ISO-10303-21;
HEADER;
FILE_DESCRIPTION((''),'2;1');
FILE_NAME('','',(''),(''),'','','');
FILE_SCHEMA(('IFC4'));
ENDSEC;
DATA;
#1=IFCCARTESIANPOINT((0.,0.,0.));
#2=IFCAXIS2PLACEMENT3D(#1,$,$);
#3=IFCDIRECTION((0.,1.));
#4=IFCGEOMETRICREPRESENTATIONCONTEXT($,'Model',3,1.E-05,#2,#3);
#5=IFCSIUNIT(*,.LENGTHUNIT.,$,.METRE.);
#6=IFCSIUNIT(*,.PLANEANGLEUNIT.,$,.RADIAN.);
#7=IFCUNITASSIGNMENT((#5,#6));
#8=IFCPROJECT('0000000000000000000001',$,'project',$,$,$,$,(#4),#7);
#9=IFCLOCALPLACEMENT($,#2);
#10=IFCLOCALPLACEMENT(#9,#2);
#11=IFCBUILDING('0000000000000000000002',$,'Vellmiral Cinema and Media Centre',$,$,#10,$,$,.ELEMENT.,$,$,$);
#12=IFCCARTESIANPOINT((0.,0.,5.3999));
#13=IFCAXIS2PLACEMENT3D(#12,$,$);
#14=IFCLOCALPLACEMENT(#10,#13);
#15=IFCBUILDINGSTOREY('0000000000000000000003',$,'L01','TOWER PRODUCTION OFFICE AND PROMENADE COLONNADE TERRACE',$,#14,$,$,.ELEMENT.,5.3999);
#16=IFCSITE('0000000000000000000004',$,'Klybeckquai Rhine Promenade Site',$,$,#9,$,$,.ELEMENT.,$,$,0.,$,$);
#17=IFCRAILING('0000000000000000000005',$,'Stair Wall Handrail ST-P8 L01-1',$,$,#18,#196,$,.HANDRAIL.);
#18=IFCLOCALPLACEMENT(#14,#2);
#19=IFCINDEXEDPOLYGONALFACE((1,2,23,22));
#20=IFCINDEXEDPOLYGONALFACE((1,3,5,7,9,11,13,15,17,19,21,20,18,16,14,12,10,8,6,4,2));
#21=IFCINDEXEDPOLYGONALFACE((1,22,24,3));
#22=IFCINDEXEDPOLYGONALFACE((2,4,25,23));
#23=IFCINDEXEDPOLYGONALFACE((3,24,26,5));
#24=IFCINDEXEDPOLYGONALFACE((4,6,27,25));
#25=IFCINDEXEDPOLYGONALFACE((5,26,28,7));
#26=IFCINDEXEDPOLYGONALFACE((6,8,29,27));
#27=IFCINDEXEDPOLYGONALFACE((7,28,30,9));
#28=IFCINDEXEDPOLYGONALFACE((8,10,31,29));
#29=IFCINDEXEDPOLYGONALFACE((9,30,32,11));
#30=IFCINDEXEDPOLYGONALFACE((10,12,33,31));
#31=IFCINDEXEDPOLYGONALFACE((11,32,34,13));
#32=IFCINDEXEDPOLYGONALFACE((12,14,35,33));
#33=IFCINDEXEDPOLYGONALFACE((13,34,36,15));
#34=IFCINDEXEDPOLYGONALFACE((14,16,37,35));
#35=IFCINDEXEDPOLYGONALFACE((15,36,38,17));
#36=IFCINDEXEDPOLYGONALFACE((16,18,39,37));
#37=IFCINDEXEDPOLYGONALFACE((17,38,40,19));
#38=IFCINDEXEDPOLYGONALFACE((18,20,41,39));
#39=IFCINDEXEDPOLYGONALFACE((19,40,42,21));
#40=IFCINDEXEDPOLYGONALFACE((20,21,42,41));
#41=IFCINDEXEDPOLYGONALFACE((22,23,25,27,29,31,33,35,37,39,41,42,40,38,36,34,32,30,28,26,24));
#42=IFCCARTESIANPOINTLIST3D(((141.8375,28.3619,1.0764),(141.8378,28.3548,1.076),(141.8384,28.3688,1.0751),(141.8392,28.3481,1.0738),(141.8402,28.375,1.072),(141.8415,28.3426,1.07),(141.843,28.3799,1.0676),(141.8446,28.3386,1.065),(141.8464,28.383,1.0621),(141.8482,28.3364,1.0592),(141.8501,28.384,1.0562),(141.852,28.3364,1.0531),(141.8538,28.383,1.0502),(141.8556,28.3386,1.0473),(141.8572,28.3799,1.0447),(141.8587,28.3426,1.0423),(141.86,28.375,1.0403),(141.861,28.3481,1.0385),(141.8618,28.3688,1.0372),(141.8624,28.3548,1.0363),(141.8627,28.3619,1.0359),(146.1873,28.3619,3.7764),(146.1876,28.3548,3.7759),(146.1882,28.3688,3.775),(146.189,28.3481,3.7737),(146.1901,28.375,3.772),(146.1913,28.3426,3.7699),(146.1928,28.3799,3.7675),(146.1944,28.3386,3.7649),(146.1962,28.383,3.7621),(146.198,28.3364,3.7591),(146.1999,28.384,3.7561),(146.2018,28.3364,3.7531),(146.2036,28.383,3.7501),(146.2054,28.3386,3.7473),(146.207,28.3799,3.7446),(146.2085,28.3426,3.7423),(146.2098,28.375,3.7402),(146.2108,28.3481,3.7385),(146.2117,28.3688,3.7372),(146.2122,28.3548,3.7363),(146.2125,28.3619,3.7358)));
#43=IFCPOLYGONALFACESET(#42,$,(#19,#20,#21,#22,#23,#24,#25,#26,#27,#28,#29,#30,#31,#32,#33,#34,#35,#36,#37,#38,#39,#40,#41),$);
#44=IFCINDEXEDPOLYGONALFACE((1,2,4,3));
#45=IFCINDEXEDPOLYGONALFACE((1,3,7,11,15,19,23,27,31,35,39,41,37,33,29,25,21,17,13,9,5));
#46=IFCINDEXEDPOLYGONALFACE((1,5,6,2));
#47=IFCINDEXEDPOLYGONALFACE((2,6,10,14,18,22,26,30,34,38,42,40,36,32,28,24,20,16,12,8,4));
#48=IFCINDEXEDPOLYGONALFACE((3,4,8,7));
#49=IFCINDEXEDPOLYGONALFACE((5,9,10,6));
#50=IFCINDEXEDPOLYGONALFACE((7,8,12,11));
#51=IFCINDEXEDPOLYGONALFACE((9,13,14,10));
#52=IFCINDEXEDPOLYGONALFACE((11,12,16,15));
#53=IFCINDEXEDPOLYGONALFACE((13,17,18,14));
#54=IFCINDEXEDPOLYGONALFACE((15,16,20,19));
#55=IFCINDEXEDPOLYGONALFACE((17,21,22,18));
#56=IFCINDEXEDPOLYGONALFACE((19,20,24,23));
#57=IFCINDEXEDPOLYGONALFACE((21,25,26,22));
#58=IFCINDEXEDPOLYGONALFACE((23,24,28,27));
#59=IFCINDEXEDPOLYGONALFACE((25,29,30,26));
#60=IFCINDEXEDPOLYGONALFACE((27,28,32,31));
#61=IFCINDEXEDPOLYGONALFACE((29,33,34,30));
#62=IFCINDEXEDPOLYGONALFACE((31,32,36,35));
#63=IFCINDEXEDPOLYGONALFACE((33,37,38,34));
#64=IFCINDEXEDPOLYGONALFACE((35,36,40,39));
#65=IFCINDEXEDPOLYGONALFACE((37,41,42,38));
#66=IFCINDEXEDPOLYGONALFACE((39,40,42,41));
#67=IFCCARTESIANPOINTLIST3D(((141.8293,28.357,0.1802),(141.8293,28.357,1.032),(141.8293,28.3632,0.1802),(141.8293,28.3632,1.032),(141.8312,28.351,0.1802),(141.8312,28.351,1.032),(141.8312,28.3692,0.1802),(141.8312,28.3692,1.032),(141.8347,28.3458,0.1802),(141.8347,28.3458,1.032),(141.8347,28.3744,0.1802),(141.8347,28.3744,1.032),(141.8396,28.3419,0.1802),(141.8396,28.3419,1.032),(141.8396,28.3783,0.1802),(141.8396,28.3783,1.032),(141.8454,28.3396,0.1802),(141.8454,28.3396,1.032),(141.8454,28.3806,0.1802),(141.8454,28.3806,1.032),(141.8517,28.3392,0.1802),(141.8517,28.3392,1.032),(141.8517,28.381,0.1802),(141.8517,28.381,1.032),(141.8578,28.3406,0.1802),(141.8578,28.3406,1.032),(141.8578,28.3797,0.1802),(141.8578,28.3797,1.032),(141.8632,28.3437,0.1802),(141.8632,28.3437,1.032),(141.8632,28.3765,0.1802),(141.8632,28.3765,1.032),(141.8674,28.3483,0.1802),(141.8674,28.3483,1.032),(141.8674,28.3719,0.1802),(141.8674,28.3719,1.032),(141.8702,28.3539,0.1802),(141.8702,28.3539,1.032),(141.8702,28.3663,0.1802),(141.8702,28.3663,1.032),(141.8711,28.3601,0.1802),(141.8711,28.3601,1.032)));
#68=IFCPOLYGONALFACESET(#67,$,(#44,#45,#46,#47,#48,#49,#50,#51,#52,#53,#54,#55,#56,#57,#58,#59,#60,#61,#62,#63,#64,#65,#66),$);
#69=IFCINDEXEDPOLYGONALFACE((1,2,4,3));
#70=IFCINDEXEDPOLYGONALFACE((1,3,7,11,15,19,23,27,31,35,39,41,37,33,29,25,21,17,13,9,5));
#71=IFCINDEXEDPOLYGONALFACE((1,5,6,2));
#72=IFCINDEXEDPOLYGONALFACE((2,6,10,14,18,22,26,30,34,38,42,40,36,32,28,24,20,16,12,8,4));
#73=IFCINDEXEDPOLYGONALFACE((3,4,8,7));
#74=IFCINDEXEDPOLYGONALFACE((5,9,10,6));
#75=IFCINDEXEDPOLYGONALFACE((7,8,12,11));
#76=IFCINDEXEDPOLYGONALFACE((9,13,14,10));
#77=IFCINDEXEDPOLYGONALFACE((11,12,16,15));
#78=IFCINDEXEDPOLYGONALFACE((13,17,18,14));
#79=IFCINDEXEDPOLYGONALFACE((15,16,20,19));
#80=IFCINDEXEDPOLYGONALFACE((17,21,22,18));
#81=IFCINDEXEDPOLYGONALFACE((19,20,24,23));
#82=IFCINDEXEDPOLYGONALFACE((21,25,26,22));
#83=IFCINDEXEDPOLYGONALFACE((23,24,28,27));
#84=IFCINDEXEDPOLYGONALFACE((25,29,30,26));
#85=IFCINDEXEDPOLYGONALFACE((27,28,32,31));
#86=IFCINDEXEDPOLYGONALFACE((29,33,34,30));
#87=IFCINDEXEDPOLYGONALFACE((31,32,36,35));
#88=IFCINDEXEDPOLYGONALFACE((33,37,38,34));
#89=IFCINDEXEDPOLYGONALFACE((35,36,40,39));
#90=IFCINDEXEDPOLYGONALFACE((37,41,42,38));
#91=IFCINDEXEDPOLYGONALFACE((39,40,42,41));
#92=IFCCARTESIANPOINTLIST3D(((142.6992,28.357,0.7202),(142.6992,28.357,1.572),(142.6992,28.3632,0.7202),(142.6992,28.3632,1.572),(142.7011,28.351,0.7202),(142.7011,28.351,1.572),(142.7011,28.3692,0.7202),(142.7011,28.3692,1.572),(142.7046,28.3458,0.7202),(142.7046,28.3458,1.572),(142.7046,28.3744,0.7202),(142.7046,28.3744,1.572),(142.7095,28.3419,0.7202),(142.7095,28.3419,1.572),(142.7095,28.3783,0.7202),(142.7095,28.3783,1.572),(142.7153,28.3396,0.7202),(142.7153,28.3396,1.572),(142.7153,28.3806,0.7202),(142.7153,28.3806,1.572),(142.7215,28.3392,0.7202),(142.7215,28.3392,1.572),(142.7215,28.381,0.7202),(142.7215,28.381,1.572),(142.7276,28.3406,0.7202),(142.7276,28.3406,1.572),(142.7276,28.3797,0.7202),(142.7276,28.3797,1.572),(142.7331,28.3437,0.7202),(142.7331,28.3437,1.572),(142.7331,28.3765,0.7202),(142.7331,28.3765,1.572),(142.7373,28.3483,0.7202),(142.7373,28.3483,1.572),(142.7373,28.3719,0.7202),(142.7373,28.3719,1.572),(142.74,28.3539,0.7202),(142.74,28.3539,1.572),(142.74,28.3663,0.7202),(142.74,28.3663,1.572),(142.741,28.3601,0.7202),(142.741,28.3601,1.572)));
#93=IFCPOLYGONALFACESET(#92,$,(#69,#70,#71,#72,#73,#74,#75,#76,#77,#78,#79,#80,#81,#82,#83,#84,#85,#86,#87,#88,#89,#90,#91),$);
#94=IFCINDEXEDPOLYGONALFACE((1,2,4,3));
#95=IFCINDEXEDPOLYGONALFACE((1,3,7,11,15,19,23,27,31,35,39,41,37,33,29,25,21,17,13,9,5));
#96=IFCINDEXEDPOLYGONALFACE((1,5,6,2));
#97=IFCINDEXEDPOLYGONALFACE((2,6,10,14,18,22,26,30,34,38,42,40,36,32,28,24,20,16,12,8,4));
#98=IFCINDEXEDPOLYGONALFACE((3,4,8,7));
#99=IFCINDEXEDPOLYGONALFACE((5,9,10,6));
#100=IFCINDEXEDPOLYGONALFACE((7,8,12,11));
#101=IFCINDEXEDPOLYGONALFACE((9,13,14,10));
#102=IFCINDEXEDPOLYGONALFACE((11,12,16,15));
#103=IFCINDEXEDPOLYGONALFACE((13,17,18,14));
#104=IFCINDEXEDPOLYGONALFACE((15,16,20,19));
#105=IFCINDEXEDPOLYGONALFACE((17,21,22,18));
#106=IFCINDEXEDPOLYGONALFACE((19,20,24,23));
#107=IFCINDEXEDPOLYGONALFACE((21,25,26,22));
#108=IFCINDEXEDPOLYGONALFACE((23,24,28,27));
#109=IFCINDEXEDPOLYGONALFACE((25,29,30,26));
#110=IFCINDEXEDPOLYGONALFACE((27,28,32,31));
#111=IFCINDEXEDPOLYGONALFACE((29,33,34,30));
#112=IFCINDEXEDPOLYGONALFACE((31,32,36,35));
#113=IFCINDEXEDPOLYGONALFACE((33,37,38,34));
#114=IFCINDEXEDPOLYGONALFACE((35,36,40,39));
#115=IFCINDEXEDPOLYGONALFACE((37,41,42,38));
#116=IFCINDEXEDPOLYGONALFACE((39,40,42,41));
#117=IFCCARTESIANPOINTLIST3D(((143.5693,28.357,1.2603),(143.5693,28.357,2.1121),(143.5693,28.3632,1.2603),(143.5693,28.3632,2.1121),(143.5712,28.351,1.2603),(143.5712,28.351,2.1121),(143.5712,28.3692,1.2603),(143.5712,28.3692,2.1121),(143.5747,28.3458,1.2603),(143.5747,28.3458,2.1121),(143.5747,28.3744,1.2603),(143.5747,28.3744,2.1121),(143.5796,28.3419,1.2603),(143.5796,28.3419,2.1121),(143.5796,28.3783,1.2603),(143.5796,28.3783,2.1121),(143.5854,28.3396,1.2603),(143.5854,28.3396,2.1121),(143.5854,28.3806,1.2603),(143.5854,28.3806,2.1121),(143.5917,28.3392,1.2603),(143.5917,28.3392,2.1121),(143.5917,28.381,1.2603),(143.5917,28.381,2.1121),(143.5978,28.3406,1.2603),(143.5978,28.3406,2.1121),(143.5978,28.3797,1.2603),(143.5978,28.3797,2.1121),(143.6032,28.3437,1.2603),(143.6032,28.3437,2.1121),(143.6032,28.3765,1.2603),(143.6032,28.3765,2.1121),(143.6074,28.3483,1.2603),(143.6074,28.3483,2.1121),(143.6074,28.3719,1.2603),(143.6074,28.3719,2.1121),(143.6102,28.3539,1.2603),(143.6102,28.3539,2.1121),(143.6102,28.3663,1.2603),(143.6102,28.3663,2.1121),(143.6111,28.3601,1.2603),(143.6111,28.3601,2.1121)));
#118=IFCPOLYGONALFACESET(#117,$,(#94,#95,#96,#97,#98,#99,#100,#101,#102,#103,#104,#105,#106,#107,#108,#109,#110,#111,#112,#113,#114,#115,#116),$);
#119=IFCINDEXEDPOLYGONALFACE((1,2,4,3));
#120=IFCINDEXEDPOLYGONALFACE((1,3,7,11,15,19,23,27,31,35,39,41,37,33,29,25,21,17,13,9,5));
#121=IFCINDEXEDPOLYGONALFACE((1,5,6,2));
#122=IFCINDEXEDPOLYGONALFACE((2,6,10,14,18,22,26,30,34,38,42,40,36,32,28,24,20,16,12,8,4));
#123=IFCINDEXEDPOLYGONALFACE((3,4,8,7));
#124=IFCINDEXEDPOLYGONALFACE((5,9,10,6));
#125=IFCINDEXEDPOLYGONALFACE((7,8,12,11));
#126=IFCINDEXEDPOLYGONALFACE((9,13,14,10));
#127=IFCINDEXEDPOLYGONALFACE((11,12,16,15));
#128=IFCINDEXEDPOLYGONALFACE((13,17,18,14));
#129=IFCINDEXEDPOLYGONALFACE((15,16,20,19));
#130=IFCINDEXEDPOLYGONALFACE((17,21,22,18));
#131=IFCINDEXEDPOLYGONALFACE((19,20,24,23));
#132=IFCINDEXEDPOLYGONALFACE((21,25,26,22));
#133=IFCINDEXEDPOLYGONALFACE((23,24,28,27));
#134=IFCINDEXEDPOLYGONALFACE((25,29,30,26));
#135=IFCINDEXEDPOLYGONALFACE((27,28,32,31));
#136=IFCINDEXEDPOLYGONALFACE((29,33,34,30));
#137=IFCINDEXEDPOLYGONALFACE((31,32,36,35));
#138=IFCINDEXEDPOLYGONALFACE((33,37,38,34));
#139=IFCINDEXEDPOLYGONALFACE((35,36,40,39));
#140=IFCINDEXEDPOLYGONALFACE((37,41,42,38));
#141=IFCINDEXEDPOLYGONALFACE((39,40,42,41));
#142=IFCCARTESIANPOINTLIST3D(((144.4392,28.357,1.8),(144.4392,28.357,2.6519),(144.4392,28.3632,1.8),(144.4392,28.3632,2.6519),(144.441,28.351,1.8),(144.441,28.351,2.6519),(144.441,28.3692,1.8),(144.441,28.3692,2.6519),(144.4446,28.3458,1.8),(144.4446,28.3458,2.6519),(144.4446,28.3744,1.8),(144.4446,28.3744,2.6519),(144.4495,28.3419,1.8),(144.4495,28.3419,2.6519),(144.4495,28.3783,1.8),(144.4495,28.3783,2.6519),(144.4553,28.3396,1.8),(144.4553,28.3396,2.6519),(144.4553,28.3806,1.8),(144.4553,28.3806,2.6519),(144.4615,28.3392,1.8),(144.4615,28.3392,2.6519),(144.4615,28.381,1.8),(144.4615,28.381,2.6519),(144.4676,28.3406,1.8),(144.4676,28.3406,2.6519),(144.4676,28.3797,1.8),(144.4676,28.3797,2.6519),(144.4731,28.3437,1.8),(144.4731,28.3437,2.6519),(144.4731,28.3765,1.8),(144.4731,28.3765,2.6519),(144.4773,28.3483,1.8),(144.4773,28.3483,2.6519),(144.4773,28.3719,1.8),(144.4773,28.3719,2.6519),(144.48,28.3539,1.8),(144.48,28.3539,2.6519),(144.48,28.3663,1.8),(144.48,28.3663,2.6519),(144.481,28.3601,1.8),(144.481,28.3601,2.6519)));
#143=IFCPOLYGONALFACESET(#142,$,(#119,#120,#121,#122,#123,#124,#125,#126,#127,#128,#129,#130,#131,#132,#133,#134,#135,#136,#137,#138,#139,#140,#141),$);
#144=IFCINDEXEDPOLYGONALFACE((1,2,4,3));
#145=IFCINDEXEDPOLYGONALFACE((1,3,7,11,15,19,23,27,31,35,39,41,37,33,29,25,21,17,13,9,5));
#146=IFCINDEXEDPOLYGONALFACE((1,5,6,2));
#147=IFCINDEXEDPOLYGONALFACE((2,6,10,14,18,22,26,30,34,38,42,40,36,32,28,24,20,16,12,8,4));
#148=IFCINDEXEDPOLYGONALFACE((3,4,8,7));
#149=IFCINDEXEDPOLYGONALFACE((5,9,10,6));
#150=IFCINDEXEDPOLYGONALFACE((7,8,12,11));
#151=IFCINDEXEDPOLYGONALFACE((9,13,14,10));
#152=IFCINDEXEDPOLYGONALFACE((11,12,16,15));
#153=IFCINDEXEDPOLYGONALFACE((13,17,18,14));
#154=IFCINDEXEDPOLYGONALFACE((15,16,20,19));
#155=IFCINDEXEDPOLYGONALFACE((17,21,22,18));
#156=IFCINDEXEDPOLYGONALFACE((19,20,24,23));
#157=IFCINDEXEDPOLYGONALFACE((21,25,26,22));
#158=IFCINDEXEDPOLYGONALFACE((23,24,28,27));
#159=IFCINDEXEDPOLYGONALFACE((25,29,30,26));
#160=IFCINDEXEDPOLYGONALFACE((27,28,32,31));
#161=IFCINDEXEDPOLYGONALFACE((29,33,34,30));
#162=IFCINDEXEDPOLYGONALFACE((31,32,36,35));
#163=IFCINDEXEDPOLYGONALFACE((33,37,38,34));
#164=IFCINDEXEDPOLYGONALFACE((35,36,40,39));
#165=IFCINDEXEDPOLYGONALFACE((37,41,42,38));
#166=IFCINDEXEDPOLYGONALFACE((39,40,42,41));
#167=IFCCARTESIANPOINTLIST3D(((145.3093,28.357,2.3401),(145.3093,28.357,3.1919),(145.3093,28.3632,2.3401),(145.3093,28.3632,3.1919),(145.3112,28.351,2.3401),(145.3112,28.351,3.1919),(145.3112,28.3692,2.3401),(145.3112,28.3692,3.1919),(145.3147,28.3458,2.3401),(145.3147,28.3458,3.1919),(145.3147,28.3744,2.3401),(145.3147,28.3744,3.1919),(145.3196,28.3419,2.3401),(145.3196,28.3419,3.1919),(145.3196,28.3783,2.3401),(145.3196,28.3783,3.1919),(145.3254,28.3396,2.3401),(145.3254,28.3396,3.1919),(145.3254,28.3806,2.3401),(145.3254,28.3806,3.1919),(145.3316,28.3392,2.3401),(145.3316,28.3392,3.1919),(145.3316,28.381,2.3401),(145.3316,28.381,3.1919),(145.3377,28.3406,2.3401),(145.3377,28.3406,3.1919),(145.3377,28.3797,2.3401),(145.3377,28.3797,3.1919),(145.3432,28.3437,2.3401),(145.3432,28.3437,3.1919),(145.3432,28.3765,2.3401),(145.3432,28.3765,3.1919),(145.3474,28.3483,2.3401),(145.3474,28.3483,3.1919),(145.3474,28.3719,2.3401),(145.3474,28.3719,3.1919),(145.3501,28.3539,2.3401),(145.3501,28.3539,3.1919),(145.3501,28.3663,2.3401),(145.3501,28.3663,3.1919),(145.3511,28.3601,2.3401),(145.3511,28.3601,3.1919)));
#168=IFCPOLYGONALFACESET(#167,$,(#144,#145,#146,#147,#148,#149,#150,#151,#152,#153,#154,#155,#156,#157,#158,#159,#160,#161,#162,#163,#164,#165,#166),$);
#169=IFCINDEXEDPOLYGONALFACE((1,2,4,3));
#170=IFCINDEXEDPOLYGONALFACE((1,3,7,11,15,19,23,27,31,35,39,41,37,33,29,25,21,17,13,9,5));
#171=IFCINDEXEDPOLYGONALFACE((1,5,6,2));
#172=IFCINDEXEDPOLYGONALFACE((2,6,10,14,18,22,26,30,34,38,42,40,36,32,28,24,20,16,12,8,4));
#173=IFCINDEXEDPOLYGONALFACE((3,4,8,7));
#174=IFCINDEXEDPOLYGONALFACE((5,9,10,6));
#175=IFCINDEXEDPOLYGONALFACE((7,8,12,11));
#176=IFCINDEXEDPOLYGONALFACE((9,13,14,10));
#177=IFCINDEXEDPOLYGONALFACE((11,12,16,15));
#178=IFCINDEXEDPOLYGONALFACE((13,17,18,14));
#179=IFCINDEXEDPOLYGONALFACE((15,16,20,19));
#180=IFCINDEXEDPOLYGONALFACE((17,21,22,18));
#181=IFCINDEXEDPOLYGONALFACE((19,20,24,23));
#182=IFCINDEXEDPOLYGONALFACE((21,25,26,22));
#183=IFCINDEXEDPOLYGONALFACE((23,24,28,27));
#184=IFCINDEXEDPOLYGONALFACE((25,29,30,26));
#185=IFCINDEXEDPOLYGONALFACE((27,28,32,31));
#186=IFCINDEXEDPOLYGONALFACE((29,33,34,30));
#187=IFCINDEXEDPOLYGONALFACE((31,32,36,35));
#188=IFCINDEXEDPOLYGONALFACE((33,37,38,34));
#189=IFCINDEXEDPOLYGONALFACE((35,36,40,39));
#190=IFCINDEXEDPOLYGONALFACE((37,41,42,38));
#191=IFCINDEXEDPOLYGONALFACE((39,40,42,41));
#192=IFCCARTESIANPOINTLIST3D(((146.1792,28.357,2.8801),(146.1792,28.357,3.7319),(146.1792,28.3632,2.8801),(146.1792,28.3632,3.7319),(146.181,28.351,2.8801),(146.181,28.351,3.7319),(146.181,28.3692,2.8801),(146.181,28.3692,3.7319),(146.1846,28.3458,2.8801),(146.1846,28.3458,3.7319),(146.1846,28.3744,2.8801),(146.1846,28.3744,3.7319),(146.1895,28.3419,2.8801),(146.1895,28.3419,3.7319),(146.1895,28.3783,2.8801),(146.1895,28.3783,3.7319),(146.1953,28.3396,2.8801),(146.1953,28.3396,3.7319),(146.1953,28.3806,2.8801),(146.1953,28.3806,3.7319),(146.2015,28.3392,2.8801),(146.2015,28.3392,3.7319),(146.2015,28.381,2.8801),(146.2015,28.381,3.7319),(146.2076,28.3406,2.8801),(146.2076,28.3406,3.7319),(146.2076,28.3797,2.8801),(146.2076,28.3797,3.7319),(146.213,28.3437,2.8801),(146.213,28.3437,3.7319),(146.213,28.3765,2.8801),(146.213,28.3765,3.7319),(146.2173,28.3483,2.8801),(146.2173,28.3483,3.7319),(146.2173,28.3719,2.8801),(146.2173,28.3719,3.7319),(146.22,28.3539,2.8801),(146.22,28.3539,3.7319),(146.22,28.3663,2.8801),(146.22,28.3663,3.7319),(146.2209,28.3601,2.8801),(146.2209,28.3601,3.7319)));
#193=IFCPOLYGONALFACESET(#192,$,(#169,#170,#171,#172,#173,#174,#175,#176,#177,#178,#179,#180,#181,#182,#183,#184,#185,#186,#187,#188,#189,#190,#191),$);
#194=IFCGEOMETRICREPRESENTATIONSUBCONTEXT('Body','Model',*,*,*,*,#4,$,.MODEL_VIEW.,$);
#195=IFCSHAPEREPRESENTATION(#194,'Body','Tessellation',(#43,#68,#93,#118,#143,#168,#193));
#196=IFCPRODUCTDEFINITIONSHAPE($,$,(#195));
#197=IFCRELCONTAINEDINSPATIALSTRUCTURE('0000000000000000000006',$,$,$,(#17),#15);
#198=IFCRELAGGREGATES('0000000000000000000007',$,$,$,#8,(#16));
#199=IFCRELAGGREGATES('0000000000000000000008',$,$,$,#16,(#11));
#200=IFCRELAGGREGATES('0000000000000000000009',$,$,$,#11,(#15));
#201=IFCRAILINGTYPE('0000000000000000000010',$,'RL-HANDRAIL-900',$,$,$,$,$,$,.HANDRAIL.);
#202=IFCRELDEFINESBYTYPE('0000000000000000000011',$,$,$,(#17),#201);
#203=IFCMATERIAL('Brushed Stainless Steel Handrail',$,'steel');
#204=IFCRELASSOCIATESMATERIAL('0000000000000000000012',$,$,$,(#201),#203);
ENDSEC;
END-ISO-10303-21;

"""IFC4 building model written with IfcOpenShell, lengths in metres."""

from ifc_helpers import new_model, si_unit, direction, frame, origin, origin_2d, place, context, subcontext, project, spatial, circle, extrude, material, type_object, element, save


model = new_model("IFC4")

# Units and contexts
model_context = context("Model", 3, precision=1e-05, world=origin(), true_north=direction((0.0, 1.0)))
body_context = subcontext(model_context, "Body", "Model", "MODEL_VIEW")
ifc_project = project(units=[si_unit("LENGTHUNIT", "METRE"), si_unit("PLANEANGLEUNIT", "RADIAN")], contexts=[model_context])

# Site, building, storey
site_placement = place(None, origin())
site = spatial("IfcSite", under=ifc_project, at=site_placement, Name="Klybeckquai Rhine Promenade Site", CompositionType="ELEMENT", RefElevation=0.0)
building_placement = place(site_placement, origin())
building = spatial("IfcBuilding", under=site, at=building_placement, Name="Vellmiral Cinema and Media Centre", CompositionType="ELEMENT")
storey_placement = place(building_placement, frame((0.0, 0.0, 5.3999)))
storey = spatial("IfcBuildingStorey", under=building, at=storey_placement, Name="L01", Description="TOWER PRODUCTION OFFICE AND PROMENADE COLONNADE TERRACE", CompositionType="ELEMENT", Elevation=5.3999)

# Railing
ifc_material_1 = material(Name="Brushed Stainless Steel Handrail", Category="steel")
railing_type_1 = type_object("IfcRailingType", Name="RL-HANDRAIL-900", PredefinedType="HANDRAIL", material=ifc_material_1)
railing_1_placement = place(storey_placement, frame((141.8501, 28.3601, 0.1802)))
element("IfcRailing", 1, at=railing_1_placement, inside=storey, type_object=railing_type_1, Name="Stair Wall Handrail ST-P8 L01-1", PredefinedType="HANDRAIL", context=body_context, shape_type="SweptSolid", body=[
    extrude(circle(Radius=0.0239, at=origin_2d()), frame((0.0, 0.0, 0.876), z_axis=(0.849636, 0.0, 0.527369), x_axis=(0.0, 1.0, 0.0)), (0.0, 0.0, 1.0), 5.1196),
    extrude(circle(Radius=0.021, at=origin_2d()), origin(), (0.0, 0.0, 1.0), 0.8518),
    extrude(circle(Radius=0.021, at=origin_2d()), frame((0.8699, 0.0, 0.54)), (0.0, 0.0, 1.0), 0.8518),
    extrude(circle(Radius=0.021, at=origin_2d()), frame((1.74, 0.0, 1.0801)), (0.0, 0.0, 1.0), 0.8518),
    extrude(circle(Radius=0.021, at=origin_2d()), frame((2.6099, 0.0, 1.6199)), (0.0, 0.0, 1.0), 0.8518),
    extrude(circle(Radius=0.021, at=origin_2d()), frame((3.48, 0.0, 2.1599)), (0.0, 0.0, 1.0), 0.8518),
    extrude(circle(Radius=0.021, at=origin_2d()), frame((4.3499, 0.0, 2.7)), (0.0, 0.0, 1.0), 0.8518),
])

save(model, "model.ifc")
